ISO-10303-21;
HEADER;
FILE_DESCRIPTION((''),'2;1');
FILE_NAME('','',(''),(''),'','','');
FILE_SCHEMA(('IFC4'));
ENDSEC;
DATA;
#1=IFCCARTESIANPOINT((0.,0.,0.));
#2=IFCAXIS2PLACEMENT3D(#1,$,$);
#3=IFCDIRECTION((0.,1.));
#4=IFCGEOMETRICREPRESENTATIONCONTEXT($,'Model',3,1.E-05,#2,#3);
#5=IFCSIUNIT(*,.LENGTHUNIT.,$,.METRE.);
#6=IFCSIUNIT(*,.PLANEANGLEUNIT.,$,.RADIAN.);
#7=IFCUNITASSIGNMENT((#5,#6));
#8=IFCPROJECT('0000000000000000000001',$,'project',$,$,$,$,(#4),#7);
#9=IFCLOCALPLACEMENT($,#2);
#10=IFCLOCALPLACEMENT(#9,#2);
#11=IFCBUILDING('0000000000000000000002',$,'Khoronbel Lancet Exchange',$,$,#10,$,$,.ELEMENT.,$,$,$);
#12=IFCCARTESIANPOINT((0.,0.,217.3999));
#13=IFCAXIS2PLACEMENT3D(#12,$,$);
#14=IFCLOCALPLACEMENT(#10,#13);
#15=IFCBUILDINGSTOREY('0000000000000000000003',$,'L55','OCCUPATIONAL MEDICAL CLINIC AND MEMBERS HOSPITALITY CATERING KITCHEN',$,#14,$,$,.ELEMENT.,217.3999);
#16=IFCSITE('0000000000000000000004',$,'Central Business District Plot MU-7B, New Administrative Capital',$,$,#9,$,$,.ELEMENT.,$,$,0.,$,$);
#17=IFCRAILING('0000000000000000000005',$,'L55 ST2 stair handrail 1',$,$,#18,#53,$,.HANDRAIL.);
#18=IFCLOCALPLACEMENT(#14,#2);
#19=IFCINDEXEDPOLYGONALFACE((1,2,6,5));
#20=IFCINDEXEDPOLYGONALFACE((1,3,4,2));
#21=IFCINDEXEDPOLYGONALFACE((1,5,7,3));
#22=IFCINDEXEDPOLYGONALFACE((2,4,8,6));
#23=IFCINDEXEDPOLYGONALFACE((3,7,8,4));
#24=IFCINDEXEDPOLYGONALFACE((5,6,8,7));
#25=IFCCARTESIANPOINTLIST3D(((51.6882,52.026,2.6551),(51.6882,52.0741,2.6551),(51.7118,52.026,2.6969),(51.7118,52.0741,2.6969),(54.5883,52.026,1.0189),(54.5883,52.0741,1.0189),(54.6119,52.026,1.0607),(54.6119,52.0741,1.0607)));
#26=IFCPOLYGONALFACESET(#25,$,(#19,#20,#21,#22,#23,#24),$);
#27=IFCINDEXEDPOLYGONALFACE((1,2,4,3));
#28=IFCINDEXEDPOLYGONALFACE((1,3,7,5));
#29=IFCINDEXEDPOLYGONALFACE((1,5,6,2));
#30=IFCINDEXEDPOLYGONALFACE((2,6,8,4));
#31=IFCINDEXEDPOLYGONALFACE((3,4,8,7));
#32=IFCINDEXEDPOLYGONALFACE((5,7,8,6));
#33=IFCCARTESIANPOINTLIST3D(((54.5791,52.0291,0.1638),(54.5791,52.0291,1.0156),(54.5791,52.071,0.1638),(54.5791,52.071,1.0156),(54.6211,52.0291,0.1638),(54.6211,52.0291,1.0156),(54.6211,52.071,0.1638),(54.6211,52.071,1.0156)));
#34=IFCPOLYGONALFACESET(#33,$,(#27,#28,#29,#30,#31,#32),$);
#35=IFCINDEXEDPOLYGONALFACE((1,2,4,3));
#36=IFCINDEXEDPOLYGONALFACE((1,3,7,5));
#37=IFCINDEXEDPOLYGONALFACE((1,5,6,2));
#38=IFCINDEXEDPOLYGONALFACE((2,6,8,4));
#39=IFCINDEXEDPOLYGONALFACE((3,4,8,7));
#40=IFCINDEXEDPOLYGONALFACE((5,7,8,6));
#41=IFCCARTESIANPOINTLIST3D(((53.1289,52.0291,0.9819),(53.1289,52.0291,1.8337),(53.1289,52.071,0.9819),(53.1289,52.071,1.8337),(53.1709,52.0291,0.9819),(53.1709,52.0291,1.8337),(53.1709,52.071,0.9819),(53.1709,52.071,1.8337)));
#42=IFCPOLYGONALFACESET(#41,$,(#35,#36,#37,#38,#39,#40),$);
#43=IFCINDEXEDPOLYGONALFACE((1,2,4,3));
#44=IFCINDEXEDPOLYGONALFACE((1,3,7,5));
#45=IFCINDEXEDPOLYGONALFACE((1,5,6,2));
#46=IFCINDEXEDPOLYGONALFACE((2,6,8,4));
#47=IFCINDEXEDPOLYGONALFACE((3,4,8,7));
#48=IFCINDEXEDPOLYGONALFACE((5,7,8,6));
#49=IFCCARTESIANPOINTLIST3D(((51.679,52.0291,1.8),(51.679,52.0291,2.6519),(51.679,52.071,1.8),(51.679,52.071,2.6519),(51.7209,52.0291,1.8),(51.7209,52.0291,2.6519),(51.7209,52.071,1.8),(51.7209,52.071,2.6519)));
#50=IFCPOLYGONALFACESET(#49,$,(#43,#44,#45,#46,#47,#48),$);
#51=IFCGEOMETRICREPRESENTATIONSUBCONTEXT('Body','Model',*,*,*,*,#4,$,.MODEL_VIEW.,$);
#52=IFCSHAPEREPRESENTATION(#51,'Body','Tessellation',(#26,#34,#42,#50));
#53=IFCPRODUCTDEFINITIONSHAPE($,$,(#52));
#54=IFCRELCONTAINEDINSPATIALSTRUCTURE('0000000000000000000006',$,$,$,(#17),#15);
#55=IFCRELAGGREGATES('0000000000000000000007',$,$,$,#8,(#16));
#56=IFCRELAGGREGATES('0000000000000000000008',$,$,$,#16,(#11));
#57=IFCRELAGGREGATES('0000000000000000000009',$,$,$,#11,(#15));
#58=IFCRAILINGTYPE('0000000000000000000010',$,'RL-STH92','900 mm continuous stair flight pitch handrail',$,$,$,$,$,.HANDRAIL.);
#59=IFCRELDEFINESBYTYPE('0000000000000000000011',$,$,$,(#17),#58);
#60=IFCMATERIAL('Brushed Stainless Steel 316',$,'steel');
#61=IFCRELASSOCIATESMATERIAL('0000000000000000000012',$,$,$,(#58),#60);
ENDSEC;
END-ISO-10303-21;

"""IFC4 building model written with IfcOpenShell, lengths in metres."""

from ifc_helpers import new_model, si_unit, direction, frame, origin, origin_2d, place, context, subcontext, project, spatial, rectangle, extrude, material, type_object, element, save


model = new_model("IFC4")

# Units and contexts
model_context = context("Model", 3, precision=1e-05, world=origin(), true_north=direction((0.0, 1.0)))
body_context = subcontext(model_context, "Body", "Model", "MODEL_VIEW")
ifc_project = project(units=[si_unit("LENGTHUNIT", "METRE"), si_unit("PLANEANGLEUNIT", "RADIAN")], contexts=[model_context])

# Site, building, storey
site_placement = place(None, origin())
site = spatial("IfcSite", under=ifc_project, at=site_placement, Name="Central Business District Plot MU-7B, New Administrative Capital", CompositionType="ELEMENT", RefElevation=0.0)
building_placement = place(site_placement, origin())
building = spatial("IfcBuilding", under=site, at=building_placement, Name="Khoronbel Lancet Exchange", CompositionType="ELEMENT")
storey_placement = place(building_placement, frame((0.0, 0.0, 217.3999)))
storey = spatial("IfcBuildingStorey", under=building, at=storey_placement, Name="L55", Description="OCCUPATIONAL MEDICAL CLINIC AND MEMBERS HOSPITALITY CATERING KITCHEN", CompositionType="ELEMENT", Elevation=217.3999)

# Railing
ifc_material_1 = material(Name="Brushed Stainless Steel 316", Category="steel")
railing_type_1 = type_object("IfcRailingType", Name="RL-STH92", Description="900 mm continuous stair flight pitch handrail", PredefinedType="HANDRAIL", material=ifc_material_1)
railing_1_placement = place(storey_placement, frame((54.6001, 52.05, 0.1638)))
element("IfcRailing", 1, at=railing_1_placement, inside=storey, type_object=railing_type_1, Name="L55 ST2 stair handrail 1", PredefinedType="HANDRAIL", context=body_context, shape_type="SweptSolid", body=[
    extrude(rectangle(XDim=0.0481, YDim=0.0481, at=origin_2d()), frame((0.0, 0.0, 0.876), z_axis=(-0.870946, 0.0, 0.491378), x_axis=(0.0, -1.0, 0.0)), (0.0, 0.0, 1.0), 3.3298),
    extrude(rectangle(XDim=0.042, YDim=0.042, at=origin_2d()), origin(), (0.0, 0.0, 1.0), 0.8518),
    extrude(rectangle(XDim=0.042, YDim=0.042, at=origin_2d()), frame((-1.4502, 0.0, 0.8181)), (0.0, 0.0, 1.0), 0.8518),
    extrude(rectangle(XDim=0.042, YDim=0.042, at=origin_2d()), frame((-2.9001, 0.0, 1.6362)), (0.0, 0.0, 1.0), 0.8518),
])

save(model, "model.ifc")
